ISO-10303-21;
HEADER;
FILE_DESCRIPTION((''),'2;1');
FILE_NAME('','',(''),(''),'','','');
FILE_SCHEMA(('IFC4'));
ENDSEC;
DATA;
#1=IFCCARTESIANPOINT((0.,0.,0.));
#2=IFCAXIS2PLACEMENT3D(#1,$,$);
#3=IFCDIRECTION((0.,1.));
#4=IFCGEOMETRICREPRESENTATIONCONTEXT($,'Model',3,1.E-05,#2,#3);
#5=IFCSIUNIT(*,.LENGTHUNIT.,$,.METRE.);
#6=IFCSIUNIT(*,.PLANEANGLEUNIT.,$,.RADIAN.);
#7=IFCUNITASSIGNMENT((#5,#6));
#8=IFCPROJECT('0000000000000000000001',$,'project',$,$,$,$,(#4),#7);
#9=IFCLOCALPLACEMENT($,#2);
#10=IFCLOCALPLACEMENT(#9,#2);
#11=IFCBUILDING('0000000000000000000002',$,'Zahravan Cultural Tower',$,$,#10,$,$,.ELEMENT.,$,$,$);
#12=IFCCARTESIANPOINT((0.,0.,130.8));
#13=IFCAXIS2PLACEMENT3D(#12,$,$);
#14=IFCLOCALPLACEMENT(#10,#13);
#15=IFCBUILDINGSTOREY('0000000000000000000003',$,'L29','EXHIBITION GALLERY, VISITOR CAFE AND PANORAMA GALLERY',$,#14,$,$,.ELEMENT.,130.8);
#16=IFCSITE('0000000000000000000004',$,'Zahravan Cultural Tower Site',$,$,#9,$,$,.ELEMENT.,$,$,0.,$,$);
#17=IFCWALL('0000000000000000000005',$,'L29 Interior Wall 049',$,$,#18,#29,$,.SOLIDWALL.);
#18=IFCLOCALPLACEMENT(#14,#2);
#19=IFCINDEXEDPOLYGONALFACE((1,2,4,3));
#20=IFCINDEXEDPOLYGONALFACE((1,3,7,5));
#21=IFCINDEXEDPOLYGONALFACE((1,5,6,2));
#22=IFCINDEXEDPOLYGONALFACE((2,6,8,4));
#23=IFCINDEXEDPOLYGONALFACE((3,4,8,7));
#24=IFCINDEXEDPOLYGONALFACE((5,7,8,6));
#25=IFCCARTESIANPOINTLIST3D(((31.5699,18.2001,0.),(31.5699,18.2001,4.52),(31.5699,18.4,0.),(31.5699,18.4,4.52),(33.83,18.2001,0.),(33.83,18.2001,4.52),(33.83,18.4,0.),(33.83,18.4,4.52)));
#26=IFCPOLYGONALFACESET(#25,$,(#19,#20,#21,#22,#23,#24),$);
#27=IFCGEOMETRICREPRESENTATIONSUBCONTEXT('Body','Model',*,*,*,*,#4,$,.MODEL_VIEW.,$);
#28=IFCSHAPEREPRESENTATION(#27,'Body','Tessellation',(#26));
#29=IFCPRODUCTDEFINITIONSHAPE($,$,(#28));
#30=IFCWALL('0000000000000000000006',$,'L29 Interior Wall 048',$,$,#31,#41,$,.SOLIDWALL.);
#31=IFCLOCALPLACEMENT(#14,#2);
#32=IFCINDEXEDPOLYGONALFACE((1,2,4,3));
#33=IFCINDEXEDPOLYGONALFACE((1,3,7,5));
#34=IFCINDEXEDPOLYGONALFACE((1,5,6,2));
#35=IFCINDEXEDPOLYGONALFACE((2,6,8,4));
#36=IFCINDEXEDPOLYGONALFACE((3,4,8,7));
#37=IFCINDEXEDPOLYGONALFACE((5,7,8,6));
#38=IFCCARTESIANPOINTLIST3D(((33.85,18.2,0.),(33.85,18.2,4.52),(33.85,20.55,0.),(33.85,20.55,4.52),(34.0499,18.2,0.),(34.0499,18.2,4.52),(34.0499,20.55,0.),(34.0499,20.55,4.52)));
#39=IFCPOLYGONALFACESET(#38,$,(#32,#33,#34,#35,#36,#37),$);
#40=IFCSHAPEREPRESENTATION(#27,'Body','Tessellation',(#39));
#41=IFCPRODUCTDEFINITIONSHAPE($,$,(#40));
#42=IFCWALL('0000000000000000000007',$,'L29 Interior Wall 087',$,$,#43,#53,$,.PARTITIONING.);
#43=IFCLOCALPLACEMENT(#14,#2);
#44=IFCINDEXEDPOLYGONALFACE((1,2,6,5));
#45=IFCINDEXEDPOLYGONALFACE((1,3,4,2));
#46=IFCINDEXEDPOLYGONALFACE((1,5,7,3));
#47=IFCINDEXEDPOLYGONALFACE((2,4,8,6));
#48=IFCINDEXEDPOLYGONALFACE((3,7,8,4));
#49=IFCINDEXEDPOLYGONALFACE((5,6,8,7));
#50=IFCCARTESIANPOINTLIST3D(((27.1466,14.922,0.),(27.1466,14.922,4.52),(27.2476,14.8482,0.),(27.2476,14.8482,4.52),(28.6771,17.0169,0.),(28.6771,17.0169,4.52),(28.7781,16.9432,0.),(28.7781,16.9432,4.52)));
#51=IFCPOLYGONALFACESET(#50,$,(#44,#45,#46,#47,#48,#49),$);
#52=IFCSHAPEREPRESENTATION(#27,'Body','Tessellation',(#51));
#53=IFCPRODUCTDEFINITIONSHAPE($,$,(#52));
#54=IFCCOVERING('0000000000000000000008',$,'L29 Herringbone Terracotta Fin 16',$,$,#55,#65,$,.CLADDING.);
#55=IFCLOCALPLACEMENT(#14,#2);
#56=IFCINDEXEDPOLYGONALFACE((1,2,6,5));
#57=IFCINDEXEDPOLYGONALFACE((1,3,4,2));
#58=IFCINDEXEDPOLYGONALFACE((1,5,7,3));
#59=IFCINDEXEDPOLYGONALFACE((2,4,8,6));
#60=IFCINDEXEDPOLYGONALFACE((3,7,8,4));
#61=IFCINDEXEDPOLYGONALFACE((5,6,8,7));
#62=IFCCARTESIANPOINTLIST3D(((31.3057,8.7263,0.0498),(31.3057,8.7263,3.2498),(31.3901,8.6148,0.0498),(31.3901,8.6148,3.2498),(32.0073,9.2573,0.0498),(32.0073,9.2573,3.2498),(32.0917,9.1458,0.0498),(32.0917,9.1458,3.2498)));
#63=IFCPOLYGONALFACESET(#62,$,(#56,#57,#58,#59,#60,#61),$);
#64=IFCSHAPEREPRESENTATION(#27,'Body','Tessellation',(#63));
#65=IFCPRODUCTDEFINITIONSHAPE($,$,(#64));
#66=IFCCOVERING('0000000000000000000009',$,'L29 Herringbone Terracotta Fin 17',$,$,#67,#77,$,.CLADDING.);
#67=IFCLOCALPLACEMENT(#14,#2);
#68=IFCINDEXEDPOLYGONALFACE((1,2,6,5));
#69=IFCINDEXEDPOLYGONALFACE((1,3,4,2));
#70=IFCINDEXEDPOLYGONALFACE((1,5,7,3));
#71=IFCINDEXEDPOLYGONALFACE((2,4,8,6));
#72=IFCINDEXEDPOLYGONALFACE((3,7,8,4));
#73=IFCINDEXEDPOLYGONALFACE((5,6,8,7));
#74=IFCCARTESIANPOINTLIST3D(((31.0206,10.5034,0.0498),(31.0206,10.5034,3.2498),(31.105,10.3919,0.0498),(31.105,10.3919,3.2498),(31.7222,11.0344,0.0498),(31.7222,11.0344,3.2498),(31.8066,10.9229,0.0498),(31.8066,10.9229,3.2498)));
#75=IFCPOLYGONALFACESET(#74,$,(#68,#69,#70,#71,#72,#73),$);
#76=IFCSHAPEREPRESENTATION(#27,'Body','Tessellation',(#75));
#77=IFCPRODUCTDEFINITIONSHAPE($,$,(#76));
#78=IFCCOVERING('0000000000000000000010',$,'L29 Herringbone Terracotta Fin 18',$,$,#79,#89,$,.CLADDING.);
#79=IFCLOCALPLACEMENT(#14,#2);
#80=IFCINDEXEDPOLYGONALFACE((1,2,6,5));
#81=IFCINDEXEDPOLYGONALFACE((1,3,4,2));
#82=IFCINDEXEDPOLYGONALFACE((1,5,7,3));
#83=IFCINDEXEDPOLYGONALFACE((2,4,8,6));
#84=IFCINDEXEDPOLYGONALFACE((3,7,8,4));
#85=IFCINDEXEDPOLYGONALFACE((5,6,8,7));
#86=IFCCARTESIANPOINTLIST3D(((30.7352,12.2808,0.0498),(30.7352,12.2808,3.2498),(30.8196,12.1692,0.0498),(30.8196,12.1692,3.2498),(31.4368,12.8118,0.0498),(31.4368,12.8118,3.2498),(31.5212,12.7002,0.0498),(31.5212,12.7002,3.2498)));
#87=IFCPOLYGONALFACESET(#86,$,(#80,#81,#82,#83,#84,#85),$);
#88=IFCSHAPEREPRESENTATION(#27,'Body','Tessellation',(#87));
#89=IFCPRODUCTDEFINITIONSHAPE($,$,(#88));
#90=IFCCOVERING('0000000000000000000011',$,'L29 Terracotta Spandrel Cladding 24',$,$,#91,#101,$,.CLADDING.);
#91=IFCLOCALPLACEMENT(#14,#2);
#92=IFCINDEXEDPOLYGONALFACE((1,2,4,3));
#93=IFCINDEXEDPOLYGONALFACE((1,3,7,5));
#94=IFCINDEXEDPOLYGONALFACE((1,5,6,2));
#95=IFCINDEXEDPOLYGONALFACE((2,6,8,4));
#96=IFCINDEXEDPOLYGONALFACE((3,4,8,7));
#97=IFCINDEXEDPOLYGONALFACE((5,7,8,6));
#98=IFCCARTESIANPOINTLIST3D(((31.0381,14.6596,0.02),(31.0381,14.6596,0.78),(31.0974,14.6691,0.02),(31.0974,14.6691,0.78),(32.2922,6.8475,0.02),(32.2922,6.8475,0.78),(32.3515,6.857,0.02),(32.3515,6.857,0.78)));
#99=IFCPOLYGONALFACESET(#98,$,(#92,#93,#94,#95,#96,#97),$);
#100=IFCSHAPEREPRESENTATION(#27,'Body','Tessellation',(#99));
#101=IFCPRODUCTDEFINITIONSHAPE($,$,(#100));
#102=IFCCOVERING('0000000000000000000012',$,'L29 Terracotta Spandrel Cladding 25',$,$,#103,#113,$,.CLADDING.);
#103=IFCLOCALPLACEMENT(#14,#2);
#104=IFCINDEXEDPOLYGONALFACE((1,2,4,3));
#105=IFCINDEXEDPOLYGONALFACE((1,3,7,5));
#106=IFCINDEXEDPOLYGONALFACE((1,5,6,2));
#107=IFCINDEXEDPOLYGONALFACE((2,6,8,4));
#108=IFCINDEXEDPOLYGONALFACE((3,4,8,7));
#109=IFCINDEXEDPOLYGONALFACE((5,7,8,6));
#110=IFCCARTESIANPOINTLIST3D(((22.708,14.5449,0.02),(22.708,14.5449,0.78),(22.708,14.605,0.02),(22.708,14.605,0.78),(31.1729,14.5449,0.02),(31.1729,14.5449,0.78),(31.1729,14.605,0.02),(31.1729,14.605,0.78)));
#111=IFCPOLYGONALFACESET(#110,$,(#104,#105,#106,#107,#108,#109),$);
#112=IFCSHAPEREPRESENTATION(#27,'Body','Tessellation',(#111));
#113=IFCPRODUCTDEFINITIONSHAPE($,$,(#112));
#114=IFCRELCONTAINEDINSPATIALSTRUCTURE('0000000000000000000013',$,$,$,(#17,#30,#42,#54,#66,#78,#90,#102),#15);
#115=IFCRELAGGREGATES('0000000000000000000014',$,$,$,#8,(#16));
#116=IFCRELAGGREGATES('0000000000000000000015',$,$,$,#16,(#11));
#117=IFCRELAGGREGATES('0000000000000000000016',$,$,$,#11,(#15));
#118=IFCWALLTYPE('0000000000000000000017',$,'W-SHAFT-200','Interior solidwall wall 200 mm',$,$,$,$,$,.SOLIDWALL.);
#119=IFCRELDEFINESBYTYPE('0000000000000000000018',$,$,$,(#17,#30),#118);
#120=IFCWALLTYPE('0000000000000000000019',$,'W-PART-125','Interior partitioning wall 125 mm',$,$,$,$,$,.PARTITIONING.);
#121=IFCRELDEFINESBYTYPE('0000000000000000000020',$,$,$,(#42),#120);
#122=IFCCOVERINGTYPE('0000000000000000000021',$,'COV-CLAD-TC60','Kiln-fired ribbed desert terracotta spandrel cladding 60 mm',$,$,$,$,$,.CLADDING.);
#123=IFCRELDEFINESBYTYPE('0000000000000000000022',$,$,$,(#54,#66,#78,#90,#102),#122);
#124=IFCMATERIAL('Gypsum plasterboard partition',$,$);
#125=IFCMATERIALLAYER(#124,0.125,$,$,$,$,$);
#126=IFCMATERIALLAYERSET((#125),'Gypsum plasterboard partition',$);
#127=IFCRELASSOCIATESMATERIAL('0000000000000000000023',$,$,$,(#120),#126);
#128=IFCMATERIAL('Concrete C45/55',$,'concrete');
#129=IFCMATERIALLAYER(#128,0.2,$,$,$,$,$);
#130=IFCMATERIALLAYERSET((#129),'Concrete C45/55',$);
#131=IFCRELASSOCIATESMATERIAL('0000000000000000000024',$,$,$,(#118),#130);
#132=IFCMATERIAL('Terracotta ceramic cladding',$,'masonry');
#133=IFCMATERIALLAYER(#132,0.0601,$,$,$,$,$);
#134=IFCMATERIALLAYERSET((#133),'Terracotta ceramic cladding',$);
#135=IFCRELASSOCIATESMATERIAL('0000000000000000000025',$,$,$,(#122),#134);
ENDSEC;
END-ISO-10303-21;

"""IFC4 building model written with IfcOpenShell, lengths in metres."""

from ifc_helpers import new_model, si_unit, direction, frame, frame_2d, origin, origin_2d, place, context, subcontext, project, spatial, rectangle, extrude, source, transform, mapped, material, layer, layer_set, type_object, element, save


model = new_model("IFC4")

# Units and contexts
model_context = context("Model", 3, precision=1e-05, world=origin(), true_north=direction((0.0, 1.0)))
body_context = subcontext(model_context, "Body", "Model", "MODEL_VIEW")
ifc_project = project(units=[si_unit("LENGTHUNIT", "METRE"), si_unit("PLANEANGLEUNIT", "RADIAN")], contexts=[model_context])

# Site, building, storey
site_placement = place(None, origin())
site = spatial("IfcSite", under=ifc_project, at=site_placement, Name="Zahravan Cultural Tower Site", CompositionType="ELEMENT", RefElevation=0.0)
building_placement = place(site_placement, origin())
building = spatial("IfcBuilding", under=site, at=building_placement, Name="Zahravan Cultural Tower", CompositionType="ELEMENT")
storey_placement = place(building_placement, frame((0.0, 0.0, 130.8)))
storey = spatial("IfcBuildingStorey", under=building, at=storey_placement, Name="L29", Description="EXHIBITION GALLERY, VISITOR CAFE AND PANORAMA GALLERY", CompositionType="ELEMENT", Elevation=130.8)

# Shared definitions
ifc_material_1 = material(Name="Gypsum plasterboard partition")
ifc_layer_1 = layer(ifc_material_1, 0.125)
ifc_layer_set_1 = layer_set([ifc_layer_1], Name="Gypsum plasterboard partition")
wall_type_1 = type_object("IfcWallType", Name="W-PART-125", Description="Interior partitioning wall 125 mm", PredefinedType="PARTITIONING", material=ifc_layer_set_1)
ifc_material_2 = material(Name="Concrete C45/55", Category="concrete")
ifc_layer_2 = layer(ifc_material_2, 0.2)
ifc_layer_set_2 = layer_set([ifc_layer_2], Name="Concrete C45/55")
wall_type_2 = type_object("IfcWallType", Name="W-SHAFT-200", Description="Interior solidwall wall 200 mm", PredefinedType="SOLIDWALL", material=ifc_layer_set_2)

# Walls
shared_shape_1 = source(origin(), body_context, "Body", "SweptSolid", [
    extrude(rectangle(XDim=2.26, YDim=0.2, at=frame_2d((1.1299, 0.0))), origin(), (0.0, 0.0, 1.0), 4.52),
])
wall_1_placement = place(storey_placement, frame((31.5701, 18.3, 0.0), z_axis=(0.0, 0.0, 1.0), x_axis=(1.0, 0.0, 0.0)))
element("IfcWall", 1, at=wall_1_placement, inside=storey, type_object=wall_type_2, Name="L29 Interior Wall 049", PredefinedType="SOLIDWALL", context=body_context, shape_type="MappedRepresentation", body=[
    mapped(shared_shape_1, transform((0.0, 0.0, 0.0), x_axis=(1.0, 0.0, 0.0), y_axis=(0.0, 1.0, 0.0), z_axis=(0.0, 0.0, 1.0), scale=1.0)),
])
shared_shape_2 = source(origin(), body_context, "Body", "SweptSolid", [
    extrude(rectangle(XDim=2.3501, YDim=0.2, at=frame_2d((1.175, 0.0))), origin(), (0.0, 0.0, 1.0), 4.52),
])
wall_2_placement = place(storey_placement, frame((33.95, 18.2, 0.0), z_axis=(0.0, 0.0, 1.0), x_axis=(0.0, 1.0, 0.0)))
element("IfcWall", 2, at=wall_2_placement, inside=storey, type_object=wall_type_2, Name="L29 Interior Wall 048", PredefinedType="SOLIDWALL", context=body_context, shape_type="MappedRepresentation", body=[
    mapped(shared_shape_2, transform((0.0, 0.0, 0.0), x_axis=(1.0, 0.0, 0.0), y_axis=(0.0, 1.0, 0.0), z_axis=(0.0, 0.0, 1.0), scale=1.0)),
])
shared_shape_3 = source(origin(), body_context, "Body", "SweptSolid", [
    extrude(rectangle(XDim=2.5945, YDim=0.125, at=frame_2d((1.2974, 0.0))), origin(), (0.0, 0.0, 1.0), 4.52),
])
wall_3_placement = place(storey_placement, frame((27.197, 14.885, 0.0), z_axis=(0.0, 0.0, 1.0), x_axis=(0.58991, 0.807469, 0.0)))
element("IfcWall", 3, at=wall_3_placement, inside=storey, type_object=wall_type_1, Name="L29 Interior Wall 087", PredefinedType="PARTITIONING", context=body_context, shape_type="MappedRepresentation", body=[
    mapped(shared_shape_3, transform((0.0, 0.0, 0.0), x_axis=(1.0, 0.0, 0.0), y_axis=(0.0, 1.0, 0.0), z_axis=(0.0, 0.0, 1.0), scale=1.0)),
])

# Coverings
ifc_material_3 = material(Name="Terracotta ceramic cladding", Category="masonry")
ifc_layer_3 = layer(ifc_material_3, 0.0601)
ifc_layer_set_3 = layer_set([ifc_layer_3], Name="Terracotta ceramic cladding")
covering_type = type_object("IfcCoveringType", Name="COV-CLAD-TC60", Description="Kiln-fired ribbed desert terracotta spandrel cladding 60 mm", PredefinedType="CLADDING", material=ifc_layer_set_3)
shared_shape_4 = source(origin(), body_context, "Body", "SweptSolid", [
    extrude(rectangle(XDim=0.8799, YDim=0.1399, at=origin_2d()), origin(), (0.0, 0.0, 1.0), 3.2),
])
for number, where, z_axis, x_axis, name in (
    (4, (31.6987, 8.936, 0.0498), (0.0, 0.0, 1.0), (-0.797373, -0.603486, 0.0), "L29 Herringbone Terracotta Fin 16"),
    (5, (31.4136, 10.7131, 0.0498), (0.0, 0.0, 1.0), (-0.797373, -0.603486, 0.0), "L29 Herringbone Terracotta Fin 17"),
    (6, (31.1282, 12.4905, 0.0498), (0.0, 0.0, 1.0), (-0.797373, -0.603486, 0.0), "L29 Herringbone Terracotta Fin 18"),
):
    element("IfcCovering", number, at=place(storey_placement, frame(where, z_axis=z_axis, x_axis=x_axis)), inside=storey, type_object=covering_type, Name=name, PredefinedType="CLADDING", context=body_context, shape_type="MappedRepresentation", body=[
        mapped(shared_shape_4, transform((0.0, 0.0, 0.0), x_axis=(1.0, 0.0, 0.0), y_axis=(0.0, 1.0, 0.0), z_axis=(0.0, 0.0, 1.0), scale=1.0)),
    ])
shared_shape_5 = source(origin(), body_context, "Body", "SweptSolid", [
    extrude(rectangle(XDim=7.9121, YDim=0.0601, at=origin_2d()), origin(), (0.0, 0.0, 1.0), 0.76),
])
covering_1_placement = place(storey_placement, frame((31.6948, 10.7583, 0.02), z_axis=(0.0, 0.0, 1.0), x_axis=(-0.158503, 0.987359, 0.0)))
element("IfcCovering", 7, at=covering_1_placement, inside=storey, type_object=covering_type, Name="L29 Terracotta Spandrel Cladding 24", PredefinedType="CLADDING", context=body_context, shape_type="MappedRepresentation", body=[
    mapped(shared_shape_5, transform((0.0, 0.0, 0.0), x_axis=(1.0, 0.0, 0.0), y_axis=(0.0, 1.0, 0.0), z_axis=(0.0, 0.0, 1.0), scale=1.0)),
])
shared_shape_6 = source(origin(), body_context, "Body", "SweptSolid", [
    extrude(rectangle(XDim=8.4648, YDim=0.0601, at=origin_2d()), origin(), (0.0, 0.0, 1.0), 0.76),
])
covering_2_placement = place(storey_placement, frame((26.9404, 14.575, 0.02), z_axis=(0.0, 0.0, 1.0), x_axis=(-1.0, 0.0, 0.0)))
element("IfcCovering", 8, at=covering_2_placement, inside=storey, type_object=covering_type, Name="L29 Terracotta Spandrel Cladding 25", PredefinedType="CLADDING", context=body_context, shape_type="MappedRepresentation", body=[
    mapped(shared_shape_6, transform((0.0, 0.0, 0.0), x_axis=(1.0, 0.0, 0.0), y_axis=(0.0, 1.0, 0.0), z_axis=(0.0, 0.0, 1.0), scale=1.0)),
])

save(model, "model.ifc")
